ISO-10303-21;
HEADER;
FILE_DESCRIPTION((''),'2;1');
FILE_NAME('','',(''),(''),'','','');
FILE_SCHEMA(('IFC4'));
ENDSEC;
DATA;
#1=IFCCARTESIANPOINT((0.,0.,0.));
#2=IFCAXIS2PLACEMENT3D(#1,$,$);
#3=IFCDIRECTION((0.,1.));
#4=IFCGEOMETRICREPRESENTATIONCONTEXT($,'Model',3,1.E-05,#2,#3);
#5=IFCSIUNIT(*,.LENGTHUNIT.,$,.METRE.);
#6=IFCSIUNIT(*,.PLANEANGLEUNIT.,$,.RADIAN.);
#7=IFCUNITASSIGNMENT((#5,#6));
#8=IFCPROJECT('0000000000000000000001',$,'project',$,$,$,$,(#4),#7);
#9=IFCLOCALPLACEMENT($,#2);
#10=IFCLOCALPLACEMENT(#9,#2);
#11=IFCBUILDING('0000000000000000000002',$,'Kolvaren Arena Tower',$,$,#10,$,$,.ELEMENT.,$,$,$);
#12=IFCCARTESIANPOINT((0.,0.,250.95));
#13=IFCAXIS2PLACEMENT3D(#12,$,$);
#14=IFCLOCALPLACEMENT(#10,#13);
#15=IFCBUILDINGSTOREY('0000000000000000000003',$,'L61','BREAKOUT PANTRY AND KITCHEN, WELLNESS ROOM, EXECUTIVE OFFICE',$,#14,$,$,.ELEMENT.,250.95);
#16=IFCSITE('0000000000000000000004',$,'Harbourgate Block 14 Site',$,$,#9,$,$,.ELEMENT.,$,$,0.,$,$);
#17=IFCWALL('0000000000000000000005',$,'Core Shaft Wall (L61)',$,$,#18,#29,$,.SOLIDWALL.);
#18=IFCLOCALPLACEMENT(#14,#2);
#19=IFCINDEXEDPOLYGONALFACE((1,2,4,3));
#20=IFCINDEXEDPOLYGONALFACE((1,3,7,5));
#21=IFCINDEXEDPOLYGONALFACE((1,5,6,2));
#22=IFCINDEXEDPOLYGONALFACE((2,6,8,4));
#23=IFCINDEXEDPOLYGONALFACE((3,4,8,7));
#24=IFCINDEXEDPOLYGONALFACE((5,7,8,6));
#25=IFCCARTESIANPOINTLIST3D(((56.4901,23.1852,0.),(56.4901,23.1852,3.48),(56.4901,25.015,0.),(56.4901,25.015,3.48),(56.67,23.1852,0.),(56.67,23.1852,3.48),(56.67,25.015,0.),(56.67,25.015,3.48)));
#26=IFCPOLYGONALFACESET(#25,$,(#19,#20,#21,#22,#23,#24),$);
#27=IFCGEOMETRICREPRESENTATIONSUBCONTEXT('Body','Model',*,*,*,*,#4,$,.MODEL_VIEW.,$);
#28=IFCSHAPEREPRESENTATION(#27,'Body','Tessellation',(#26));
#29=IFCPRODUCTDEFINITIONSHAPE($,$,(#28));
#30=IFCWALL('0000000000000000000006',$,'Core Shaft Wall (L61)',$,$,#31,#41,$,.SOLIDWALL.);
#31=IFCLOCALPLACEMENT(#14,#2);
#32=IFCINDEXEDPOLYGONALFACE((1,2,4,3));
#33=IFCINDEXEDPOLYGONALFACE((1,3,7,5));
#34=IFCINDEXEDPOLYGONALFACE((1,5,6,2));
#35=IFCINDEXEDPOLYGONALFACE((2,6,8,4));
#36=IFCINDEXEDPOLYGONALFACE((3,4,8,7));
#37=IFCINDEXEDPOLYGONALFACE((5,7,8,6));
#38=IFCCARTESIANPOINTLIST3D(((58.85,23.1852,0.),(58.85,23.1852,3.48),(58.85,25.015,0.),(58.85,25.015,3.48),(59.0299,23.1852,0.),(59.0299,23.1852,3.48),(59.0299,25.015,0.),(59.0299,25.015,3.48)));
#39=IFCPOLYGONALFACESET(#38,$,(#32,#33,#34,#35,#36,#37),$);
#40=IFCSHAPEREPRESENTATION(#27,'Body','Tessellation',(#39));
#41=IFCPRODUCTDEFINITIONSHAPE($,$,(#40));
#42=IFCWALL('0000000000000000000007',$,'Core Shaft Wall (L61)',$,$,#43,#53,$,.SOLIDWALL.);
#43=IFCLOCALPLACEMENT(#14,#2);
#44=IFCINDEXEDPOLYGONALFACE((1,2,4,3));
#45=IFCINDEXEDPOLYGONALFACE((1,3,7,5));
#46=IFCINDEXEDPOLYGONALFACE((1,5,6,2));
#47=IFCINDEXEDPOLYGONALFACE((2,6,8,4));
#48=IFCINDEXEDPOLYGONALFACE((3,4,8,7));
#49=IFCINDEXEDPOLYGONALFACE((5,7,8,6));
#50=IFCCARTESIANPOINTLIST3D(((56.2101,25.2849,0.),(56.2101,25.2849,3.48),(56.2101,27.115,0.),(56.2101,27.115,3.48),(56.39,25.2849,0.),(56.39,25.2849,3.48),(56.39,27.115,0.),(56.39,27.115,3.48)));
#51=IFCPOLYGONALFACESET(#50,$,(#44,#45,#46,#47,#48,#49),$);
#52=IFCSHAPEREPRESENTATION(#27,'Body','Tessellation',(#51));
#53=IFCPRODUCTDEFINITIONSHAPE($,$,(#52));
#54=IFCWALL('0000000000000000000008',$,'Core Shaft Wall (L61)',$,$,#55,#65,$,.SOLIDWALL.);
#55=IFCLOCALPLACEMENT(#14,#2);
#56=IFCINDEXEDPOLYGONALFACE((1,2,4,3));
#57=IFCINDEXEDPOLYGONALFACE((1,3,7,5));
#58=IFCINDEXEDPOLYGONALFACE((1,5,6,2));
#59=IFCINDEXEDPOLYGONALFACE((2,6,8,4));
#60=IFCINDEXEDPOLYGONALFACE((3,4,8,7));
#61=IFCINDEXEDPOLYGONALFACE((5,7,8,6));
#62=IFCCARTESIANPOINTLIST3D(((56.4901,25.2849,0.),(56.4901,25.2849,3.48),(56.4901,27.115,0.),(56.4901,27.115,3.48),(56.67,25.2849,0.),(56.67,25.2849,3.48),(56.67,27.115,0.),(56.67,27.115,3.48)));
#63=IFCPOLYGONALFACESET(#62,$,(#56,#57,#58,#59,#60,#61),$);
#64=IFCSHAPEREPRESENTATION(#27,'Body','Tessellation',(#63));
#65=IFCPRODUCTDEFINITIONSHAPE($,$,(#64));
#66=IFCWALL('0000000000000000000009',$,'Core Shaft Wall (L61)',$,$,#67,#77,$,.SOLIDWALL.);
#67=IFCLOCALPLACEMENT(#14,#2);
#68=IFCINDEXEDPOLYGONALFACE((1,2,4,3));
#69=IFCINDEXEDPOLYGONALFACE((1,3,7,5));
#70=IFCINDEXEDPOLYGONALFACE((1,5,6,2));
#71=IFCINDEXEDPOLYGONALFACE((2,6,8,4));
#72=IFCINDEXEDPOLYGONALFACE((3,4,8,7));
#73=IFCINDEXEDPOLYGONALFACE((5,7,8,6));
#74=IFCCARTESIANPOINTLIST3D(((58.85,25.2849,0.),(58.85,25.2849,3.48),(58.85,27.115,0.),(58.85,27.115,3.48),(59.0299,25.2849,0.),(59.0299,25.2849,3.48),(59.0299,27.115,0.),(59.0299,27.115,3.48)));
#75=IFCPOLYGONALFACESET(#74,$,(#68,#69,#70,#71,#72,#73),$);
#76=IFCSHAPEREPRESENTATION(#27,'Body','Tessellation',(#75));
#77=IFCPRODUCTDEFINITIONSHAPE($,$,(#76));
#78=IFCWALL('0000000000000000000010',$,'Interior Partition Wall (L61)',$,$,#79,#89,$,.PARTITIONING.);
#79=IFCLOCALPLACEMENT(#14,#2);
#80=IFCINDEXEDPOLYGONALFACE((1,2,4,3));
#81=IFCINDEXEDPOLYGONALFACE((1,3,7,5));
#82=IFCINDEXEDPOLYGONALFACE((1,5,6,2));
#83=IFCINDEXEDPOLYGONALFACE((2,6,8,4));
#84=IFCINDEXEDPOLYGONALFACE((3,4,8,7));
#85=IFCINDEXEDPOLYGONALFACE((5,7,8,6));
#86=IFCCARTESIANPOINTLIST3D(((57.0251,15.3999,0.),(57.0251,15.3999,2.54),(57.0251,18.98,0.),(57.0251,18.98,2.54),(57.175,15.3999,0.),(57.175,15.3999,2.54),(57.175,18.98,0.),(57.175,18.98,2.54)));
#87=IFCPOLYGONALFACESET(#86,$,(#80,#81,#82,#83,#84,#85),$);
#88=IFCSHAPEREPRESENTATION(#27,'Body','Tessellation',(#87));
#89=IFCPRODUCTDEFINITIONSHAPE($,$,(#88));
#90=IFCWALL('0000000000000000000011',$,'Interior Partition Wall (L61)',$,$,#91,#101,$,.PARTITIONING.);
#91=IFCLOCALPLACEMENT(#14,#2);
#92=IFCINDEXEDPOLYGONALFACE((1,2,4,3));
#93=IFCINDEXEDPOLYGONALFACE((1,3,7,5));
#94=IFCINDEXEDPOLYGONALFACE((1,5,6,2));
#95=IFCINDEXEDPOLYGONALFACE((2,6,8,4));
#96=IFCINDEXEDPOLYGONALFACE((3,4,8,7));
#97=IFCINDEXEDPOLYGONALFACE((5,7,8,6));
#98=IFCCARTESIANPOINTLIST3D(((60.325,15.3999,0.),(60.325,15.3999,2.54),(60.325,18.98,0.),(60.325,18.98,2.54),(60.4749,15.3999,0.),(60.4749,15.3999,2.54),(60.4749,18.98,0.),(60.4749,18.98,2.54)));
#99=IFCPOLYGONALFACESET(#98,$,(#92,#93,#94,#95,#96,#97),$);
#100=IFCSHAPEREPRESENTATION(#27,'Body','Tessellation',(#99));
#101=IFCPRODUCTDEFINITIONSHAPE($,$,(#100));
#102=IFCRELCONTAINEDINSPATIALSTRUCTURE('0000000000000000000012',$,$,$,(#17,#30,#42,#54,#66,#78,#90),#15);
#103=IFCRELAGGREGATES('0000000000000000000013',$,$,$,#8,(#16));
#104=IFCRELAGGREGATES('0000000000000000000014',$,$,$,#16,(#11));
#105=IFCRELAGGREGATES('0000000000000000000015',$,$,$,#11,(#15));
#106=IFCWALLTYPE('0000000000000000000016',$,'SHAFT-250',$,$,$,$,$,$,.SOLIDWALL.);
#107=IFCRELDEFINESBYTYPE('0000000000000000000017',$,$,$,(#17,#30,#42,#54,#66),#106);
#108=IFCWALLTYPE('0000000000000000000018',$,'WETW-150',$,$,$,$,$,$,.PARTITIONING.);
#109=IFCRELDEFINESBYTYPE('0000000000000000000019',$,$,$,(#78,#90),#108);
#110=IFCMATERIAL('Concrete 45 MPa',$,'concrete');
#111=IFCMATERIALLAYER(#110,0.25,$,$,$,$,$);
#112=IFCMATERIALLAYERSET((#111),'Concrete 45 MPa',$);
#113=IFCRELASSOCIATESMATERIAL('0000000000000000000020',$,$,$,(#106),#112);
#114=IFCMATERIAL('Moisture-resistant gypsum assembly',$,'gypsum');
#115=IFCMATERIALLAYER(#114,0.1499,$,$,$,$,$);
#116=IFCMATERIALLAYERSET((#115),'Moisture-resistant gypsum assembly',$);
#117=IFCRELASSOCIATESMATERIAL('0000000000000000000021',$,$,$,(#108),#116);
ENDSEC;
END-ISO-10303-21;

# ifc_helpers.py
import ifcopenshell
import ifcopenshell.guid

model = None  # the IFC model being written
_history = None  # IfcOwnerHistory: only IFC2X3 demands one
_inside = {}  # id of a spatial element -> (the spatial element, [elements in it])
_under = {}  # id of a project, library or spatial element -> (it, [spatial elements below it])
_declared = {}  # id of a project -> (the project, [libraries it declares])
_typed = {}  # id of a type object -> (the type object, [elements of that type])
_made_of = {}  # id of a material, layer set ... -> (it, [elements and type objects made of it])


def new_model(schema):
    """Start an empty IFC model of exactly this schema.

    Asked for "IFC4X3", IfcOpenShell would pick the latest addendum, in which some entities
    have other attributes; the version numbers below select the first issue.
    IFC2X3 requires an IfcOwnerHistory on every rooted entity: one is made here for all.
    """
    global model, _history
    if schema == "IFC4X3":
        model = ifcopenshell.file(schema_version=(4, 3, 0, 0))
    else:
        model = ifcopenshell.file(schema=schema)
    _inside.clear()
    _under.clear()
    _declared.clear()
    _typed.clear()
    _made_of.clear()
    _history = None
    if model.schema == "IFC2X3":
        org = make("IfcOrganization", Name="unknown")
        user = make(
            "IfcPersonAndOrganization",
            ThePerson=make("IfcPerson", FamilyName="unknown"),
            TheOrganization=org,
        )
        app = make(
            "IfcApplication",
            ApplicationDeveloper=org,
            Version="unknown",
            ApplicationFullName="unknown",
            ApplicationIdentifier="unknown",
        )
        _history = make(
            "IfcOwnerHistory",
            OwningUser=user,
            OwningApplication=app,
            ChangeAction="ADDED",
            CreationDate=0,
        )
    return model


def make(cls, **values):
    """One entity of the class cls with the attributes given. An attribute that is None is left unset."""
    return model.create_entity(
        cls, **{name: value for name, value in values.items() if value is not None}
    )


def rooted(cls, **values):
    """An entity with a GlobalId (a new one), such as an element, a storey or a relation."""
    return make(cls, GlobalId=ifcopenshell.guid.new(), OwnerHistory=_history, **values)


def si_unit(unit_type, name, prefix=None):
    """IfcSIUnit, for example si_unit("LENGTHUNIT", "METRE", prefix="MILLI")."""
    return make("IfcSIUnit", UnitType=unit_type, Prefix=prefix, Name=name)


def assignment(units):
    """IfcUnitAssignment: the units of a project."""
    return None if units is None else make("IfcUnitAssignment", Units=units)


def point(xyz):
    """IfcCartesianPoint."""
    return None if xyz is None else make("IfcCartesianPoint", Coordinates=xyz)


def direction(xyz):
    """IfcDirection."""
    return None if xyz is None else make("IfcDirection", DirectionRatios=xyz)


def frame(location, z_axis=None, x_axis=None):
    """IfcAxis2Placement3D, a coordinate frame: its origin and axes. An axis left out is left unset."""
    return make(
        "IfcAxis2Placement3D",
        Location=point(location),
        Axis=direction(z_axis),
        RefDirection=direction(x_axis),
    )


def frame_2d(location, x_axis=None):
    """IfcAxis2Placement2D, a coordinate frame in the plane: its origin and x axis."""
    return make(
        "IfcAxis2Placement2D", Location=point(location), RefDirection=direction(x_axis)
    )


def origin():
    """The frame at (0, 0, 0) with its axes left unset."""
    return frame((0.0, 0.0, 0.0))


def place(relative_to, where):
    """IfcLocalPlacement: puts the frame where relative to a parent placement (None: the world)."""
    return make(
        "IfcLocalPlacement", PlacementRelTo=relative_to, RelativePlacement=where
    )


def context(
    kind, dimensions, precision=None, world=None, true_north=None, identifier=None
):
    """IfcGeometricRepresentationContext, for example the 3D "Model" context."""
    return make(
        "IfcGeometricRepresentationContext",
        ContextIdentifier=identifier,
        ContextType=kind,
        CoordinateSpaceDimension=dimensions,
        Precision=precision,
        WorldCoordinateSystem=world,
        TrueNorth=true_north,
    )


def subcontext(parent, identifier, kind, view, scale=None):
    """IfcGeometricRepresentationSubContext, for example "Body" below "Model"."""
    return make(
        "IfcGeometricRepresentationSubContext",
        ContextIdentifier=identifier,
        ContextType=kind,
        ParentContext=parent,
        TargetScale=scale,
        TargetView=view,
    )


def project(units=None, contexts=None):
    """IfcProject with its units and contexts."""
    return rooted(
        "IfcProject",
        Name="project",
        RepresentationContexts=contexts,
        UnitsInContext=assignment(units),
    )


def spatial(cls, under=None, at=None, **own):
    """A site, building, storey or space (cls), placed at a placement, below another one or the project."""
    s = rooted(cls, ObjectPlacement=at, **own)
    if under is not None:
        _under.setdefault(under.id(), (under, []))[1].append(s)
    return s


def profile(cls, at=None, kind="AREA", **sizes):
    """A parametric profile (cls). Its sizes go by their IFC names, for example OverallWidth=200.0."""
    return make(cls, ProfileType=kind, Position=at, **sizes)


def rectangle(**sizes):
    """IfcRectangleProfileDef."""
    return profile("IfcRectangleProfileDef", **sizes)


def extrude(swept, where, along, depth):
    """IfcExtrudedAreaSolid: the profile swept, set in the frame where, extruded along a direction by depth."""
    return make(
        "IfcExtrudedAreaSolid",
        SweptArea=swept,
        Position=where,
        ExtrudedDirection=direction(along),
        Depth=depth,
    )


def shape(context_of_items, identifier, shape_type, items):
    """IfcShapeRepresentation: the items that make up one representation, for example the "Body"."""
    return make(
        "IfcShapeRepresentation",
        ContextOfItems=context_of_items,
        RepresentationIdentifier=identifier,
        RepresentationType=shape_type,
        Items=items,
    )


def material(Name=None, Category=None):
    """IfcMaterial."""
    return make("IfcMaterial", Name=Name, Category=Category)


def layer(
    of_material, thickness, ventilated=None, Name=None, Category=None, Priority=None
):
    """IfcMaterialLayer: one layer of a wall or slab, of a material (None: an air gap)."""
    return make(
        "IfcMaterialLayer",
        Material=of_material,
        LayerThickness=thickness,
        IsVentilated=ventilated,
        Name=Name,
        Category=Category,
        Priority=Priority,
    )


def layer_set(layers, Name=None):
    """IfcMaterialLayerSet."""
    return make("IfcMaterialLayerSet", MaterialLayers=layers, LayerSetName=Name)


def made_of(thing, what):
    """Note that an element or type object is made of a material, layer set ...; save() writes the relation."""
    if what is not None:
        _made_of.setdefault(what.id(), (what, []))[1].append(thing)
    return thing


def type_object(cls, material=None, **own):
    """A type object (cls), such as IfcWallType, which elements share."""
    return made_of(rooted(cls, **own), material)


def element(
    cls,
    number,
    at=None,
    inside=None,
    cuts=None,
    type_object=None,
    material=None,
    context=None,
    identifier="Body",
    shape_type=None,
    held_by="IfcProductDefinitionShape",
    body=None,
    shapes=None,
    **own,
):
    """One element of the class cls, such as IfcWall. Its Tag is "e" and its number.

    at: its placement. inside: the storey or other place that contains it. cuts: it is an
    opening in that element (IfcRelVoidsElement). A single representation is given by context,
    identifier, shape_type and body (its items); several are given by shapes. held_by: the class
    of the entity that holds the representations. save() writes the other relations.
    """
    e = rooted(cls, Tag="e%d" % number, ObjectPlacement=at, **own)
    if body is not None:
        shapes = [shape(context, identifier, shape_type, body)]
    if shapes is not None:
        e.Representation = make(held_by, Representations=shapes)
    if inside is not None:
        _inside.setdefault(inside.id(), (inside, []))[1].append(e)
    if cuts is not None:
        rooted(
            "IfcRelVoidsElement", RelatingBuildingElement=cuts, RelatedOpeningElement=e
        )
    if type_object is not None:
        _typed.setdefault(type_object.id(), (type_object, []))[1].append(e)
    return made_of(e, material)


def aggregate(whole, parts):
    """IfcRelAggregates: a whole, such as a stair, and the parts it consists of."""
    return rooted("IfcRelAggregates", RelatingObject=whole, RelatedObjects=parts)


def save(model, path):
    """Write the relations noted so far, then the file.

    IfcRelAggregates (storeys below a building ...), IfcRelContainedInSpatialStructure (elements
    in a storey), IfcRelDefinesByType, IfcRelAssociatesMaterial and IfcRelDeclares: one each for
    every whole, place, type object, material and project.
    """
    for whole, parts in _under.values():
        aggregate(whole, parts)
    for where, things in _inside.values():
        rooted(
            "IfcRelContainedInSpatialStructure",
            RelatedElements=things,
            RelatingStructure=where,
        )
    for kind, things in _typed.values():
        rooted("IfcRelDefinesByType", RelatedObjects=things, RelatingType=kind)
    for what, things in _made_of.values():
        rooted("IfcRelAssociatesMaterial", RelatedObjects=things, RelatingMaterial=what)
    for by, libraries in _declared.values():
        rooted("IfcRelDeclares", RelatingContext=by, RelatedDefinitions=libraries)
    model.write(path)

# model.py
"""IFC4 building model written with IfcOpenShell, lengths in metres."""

from ifc_helpers import new_model, si_unit, direction, frame, frame_2d, origin, place, context, subcontext, project, spatial, rectangle, extrude, material, layer, layer_set, type_object, element, save


model = new_model("IFC4")

# Units and contexts
model_context = context("Model", 3, precision=1e-05, world=origin(), true_north=direction((0.0, 1.0)))
body_context = subcontext(model_context, "Body", "Model", "MODEL_VIEW")
ifc_project = project(units=[si_unit("LENGTHUNIT", "METRE"), si_unit("PLANEANGLEUNIT", "RADIAN")], contexts=[model_context])

# Site, building, storey
site_placement = place(None, origin())
site = spatial("IfcSite", under=ifc_project, at=site_placement, Name="Harbourgate Block 14 Site", CompositionType="ELEMENT", RefElevation=0.0)
building_placement = place(site_placement, origin())
building = spatial("IfcBuilding", under=site, at=building_placement, Name="Kolvaren Arena Tower", CompositionType="ELEMENT")
storey_placement = place(building_placement, frame((0.0, 0.0, 250.95)))
storey = spatial("IfcBuildingStorey", under=building, at=storey_placement, Name="L61", Description="BREAKOUT PANTRY AND KITCHEN, WELLNESS ROOM, EXECUTIVE OFFICE", CompositionType="ELEMENT", Elevation=250.95)

# Shared definitions
ifc_material_1 = material(Name="Concrete 45 MPa", Category="concrete")
ifc_layer_1 = layer(ifc_material_1, 0.25)
ifc_layer_set_1 = layer_set([ifc_layer_1], Name="Concrete 45 MPa")
wall_type_1 = type_object("IfcWallType", Name="SHAFT-250", PredefinedType="SOLIDWALL", material=ifc_layer_set_1)

# Walls
for number, where, z_axis, x_axis, name in (
    (1, (56.5801, 23.1851, 0.0), (0.0, 0.0, 1.0), (0.0, 1.0, 0.0), "Core Shaft Wall (L61)"),
    (2, (58.9399, 23.1851, 0.0), (0.0, 0.0, 1.0), (0.0, 1.0, 0.0), "Core Shaft Wall (L61)"),
):
    element("IfcWall", number, at=place(storey_placement, frame(where, z_axis=z_axis, x_axis=x_axis)), inside=storey, type_object=wall_type_1, Name=name, PredefinedType="SOLIDWALL", context=body_context, shape_type="SweptSolid", body=[
        extrude(rectangle(XDim=1.8298, YDim=0.1799, at=frame_2d((0.915, 0.0))), origin(), (0.0, 0.0, 1.0), 3.48),
    ])
for number, where, z_axis, x_axis, name in (
    (3, (56.3, 25.2849, 0.0), (0.0, 0.0, 1.0), (0.0, 1.0, 0.0), "Core Shaft Wall (L61)"),
    (4, (56.5801, 25.2849, 0.0), (0.0, 0.0, 1.0), (0.0, 1.0, 0.0), "Core Shaft Wall (L61)"),
    (5, (58.9399, 25.2849, 0.0), (0.0, 0.0, 1.0), (0.0, 1.0, 0.0), "Core Shaft Wall (L61)"),
):
    element("IfcWall", number, at=place(storey_placement, frame(where, z_axis=z_axis, x_axis=x_axis)), inside=storey, type_object=wall_type_1, Name=name, PredefinedType="SOLIDWALL", context=body_context, shape_type="SweptSolid", body=[
        extrude(rectangle(XDim=1.8301, YDim=0.1799, at=frame_2d((0.915, 0.0))), origin(), (0.0, 0.0, 1.0), 3.48),
    ])
ifc_material_2 = material(Name="Moisture-resistant gypsum assembly", Category="gypsum")
ifc_layer_2 = layer(ifc_material_2, 0.1499)
ifc_layer_set_2 = layer_set([ifc_layer_2], Name="Moisture-resistant gypsum assembly")
wall_type_2 = type_object("IfcWallType", Name="WETW-150", PredefinedType="PARTITIONING", material=ifc_layer_set_2)
for number, where, z_axis, x_axis, name in (
    (6, (57.1001, 15.3999, 0.0), (0.0, 0.0, 1.0), (0.0, 1.0, 0.0), "Interior Partition Wall (L61)"),
    (7, (60.3999, 15.3999, 0.0), (0.0, 0.0, 1.0), (0.0, 1.0, 0.0), "Interior Partition Wall (L61)"),
):
    element("IfcWall", number, at=place(storey_placement, frame(where, z_axis=z_axis, x_axis=x_axis)), inside=storey, type_object=wall_type_2, Name=name, PredefinedType="PARTITIONING", context=body_context, shape_type="SweptSolid", body=[
        extrude(rectangle(XDim=3.5801, YDim=0.1499, at=frame_2d((1.79, 0.0))), origin(), (0.0, 0.0, 1.0), 2.54),
    ])

save(model, "model.ifc")
